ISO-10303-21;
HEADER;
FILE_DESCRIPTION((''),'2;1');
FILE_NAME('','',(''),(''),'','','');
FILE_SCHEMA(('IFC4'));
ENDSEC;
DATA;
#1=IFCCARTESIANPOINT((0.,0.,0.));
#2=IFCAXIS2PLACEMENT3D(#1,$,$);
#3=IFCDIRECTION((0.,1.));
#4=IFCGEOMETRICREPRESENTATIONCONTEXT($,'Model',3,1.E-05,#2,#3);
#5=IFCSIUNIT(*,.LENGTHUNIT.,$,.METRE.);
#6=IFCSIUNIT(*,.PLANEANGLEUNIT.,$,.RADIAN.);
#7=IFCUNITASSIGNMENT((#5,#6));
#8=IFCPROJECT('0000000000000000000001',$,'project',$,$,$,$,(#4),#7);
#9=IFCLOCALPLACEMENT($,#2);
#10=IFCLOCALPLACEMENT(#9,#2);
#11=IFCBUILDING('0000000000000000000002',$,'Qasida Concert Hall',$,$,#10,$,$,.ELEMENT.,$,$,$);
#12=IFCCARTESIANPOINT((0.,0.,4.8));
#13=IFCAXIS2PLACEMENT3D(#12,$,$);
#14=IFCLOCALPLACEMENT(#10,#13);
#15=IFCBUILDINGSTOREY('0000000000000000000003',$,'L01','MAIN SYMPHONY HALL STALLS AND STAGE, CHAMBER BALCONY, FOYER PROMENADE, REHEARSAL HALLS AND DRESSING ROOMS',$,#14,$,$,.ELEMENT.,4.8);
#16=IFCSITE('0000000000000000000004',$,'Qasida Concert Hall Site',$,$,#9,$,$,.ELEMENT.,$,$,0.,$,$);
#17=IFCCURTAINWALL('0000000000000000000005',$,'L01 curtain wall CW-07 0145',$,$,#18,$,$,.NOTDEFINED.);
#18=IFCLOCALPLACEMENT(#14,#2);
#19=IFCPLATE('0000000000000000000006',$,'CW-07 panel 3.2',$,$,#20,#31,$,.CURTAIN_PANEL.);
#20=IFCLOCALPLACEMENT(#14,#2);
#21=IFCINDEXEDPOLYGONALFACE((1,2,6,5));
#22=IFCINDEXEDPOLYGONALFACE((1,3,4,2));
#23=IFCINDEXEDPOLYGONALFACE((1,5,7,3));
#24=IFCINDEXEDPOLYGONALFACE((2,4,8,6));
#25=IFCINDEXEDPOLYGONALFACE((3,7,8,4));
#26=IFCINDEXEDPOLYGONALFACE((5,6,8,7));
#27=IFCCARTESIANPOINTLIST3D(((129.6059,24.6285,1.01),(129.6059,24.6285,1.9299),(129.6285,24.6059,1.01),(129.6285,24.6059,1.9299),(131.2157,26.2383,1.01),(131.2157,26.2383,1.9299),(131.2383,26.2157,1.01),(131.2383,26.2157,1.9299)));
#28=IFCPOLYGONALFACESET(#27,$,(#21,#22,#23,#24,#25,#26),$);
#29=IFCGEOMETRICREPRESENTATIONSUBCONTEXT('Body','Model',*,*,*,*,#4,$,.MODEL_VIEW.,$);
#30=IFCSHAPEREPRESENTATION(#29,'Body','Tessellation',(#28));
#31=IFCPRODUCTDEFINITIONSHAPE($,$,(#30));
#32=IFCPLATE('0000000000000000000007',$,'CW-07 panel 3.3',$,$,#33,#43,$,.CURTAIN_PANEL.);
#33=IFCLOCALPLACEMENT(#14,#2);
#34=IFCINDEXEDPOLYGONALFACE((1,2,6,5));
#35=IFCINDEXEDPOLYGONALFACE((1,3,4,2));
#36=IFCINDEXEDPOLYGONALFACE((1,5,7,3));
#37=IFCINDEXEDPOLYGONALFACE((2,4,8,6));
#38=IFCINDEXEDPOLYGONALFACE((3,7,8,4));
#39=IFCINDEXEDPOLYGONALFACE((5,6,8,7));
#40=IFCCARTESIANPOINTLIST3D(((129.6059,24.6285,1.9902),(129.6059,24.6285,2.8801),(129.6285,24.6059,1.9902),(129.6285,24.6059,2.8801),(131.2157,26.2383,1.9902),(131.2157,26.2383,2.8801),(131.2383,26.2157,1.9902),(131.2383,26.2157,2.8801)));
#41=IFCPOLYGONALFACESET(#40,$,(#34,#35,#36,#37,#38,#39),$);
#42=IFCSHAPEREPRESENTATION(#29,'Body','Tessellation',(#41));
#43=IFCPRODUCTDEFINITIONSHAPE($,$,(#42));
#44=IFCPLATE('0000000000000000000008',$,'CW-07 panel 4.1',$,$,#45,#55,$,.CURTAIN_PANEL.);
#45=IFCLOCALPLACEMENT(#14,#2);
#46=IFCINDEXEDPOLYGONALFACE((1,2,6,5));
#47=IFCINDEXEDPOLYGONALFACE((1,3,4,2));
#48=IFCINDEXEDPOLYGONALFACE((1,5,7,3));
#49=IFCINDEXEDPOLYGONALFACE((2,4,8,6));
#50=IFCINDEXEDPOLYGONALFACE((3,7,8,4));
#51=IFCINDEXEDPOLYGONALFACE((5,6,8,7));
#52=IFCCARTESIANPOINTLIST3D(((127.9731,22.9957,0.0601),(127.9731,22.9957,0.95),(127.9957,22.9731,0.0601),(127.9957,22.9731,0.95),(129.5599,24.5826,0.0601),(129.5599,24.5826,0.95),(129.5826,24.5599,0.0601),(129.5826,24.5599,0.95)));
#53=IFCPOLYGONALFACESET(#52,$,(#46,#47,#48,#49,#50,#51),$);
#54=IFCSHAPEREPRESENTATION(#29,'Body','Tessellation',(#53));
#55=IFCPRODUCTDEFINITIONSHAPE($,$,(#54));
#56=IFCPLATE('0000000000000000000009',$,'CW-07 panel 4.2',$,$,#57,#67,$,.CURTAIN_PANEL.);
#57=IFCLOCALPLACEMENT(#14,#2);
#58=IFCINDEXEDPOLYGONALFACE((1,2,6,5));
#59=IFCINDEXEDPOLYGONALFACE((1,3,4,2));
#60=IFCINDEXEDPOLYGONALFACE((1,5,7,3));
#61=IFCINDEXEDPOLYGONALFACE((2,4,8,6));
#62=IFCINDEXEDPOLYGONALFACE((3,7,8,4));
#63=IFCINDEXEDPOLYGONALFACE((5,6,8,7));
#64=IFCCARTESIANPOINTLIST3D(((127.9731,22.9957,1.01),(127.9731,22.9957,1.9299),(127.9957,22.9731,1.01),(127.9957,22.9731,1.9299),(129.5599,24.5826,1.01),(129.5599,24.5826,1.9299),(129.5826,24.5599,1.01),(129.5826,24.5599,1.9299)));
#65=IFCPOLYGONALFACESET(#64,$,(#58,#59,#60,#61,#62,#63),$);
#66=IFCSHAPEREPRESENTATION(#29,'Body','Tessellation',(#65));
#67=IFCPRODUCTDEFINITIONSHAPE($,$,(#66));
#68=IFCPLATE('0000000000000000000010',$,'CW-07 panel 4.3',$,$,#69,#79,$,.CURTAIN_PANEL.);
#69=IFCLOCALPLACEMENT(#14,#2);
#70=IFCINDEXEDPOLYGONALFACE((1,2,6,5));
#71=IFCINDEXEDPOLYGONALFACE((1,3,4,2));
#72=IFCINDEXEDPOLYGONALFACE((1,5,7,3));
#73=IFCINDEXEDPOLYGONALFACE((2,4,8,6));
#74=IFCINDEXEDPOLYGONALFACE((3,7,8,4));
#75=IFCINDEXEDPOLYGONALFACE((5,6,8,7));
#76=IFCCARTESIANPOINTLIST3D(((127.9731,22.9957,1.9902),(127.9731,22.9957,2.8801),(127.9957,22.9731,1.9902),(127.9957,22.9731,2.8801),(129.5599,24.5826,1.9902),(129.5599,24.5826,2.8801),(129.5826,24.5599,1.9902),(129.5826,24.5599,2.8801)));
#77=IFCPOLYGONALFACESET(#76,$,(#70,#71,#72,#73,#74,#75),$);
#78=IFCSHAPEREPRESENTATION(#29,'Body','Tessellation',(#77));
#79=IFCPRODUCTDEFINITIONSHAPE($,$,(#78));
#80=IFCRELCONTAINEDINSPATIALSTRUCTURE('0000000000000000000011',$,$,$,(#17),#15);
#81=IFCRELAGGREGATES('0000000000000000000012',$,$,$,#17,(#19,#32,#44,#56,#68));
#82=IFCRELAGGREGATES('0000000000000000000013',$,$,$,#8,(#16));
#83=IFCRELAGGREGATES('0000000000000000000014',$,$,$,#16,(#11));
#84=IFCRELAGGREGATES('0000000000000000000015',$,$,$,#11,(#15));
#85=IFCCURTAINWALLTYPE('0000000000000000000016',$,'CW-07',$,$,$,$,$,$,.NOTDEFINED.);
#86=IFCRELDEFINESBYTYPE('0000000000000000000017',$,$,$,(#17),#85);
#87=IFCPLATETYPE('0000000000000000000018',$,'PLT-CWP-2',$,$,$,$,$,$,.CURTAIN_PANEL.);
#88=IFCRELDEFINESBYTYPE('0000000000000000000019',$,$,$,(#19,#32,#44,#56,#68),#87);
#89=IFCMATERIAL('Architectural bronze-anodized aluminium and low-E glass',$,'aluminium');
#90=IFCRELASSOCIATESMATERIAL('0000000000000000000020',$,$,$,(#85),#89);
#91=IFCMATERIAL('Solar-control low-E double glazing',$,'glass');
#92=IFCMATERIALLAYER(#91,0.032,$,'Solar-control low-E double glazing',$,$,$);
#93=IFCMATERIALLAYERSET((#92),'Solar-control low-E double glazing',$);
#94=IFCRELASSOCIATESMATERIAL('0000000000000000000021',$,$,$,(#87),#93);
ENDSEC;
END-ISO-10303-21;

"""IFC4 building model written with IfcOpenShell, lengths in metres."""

from ifc_helpers import new_model, si_unit, direction, frame, origin, origin_2d, place, context, subcontext, project, spatial, rectangle, extrude, material, layer, layer_set, type_object, element, aggregate, save


model = new_model("IFC4")

# Units and contexts
model_context = context("Model", 3, precision=1e-05, world=origin(), true_north=direction((0.0, 1.0)))
body_context = subcontext(model_context, "Body", "Model", "MODEL_VIEW")
ifc_project = project(units=[si_unit("LENGTHUNIT", "METRE"), si_unit("PLANEANGLEUNIT", "RADIAN")], contexts=[model_context])

# Site, building, storey
site_placement = place(None, origin())
site = spatial("IfcSite", under=ifc_project, at=site_placement, Name="Qasida Concert Hall Site", CompositionType="ELEMENT", RefElevation=0.0)
building_placement = place(site_placement, origin())
building = spatial("IfcBuilding", under=site, at=building_placement, Name="Qasida Concert Hall", CompositionType="ELEMENT")
storey_placement = place(building_placement, frame((0.0, 0.0, 4.8)))
storey = spatial("IfcBuildingStorey", under=building, at=storey_placement, Name="L01", Description="MAIN SYMPHONY HALL STALLS AND STAGE, CHAMBER BALCONY, FOYER PROMENADE, REHEARSAL HALLS AND DRESSING ROOMS", CompositionType="ELEMENT", Elevation=4.8)

# Curtain wall, plates
ifc_material_1 = material(Name="Architectural bronze-anodized aluminium and low-E glass", Category="aluminium")
curtain_wall_type = type_object("IfcCurtainWallType", Name="CW-07", PredefinedType="NOTDEFINED", material=ifc_material_1)
curtain_wall_placement = place(storey_placement, origin())
curtain_wall = element("IfcCurtainWall", 1, at=curtain_wall_placement, inside=storey, type_object=curtain_wall_type, Name="L01 curtain wall CW-07 0145", PredefinedType="NOTDEFINED")
ifc_material_2 = material(Name="Solar-control low-E double glazing", Category="glass")
ifc_layer = layer(ifc_material_2, 0.032, Name="Solar-control low-E double glazing")
ifc_layer_set = layer_set([ifc_layer], Name="Solar-control low-E double glazing")
plate_type = type_object("IfcPlateType", Name="PLT-CWP-2", PredefinedType="CURTAIN_PANEL", material=ifc_layer_set)
plate_1_placement = place(storey_placement, frame((130.4221, 25.4221, 1.01), z_axis=(0.0, 0.0, 1.0), x_axis=(-0.707107, -0.707107, 0.0)))
plate_1 = element("IfcPlate", 2, at=plate_1_placement, type_object=plate_type, Name="CW-07 panel 3.2", PredefinedType="CURTAIN_PANEL", context=body_context, shape_type="SweptSolid", body=[
    extrude(rectangle(XDim=2.2766, YDim=0.032, at=origin_2d()), origin(), (0.0, 0.0, 1.0), 0.9199),
])
plate_2_placement = place(storey_placement, frame((130.4221, 25.4221, 1.9902), z_axis=(0.0, 0.0, 1.0), x_axis=(-0.707107, -0.707107, 0.0)))
plate_2 = element("IfcPlate", 3, at=plate_2_placement, type_object=plate_type, Name="CW-07 panel 3.3", PredefinedType="CURTAIN_PANEL", context=body_context, shape_type="SweptSolid", body=[
    extrude(rectangle(XDim=2.2766, YDim=0.032, at=origin_2d()), origin(), (0.0, 0.0, 1.0), 0.8899),
])
plate_3_placement = place(storey_placement, frame((128.7778, 23.7778, 0.0601), z_axis=(0.0, 0.0, 1.0), x_axis=(-0.707107, -0.707107, 0.0)))
plate_3 = element("IfcPlate", 4, at=plate_3_placement, type_object=plate_type, Name="CW-07 panel 4.1", PredefinedType="CURTAIN_PANEL", context=body_context, shape_type="SweptSolid", body=[
    extrude(rectangle(XDim=2.2441, YDim=0.032, at=origin_2d()), origin(), (0.0, 0.0, 1.0), 0.8899),
])
plate_4_placement = place(storey_placement, frame((128.7778, 23.7778, 1.01), z_axis=(0.0, 0.0, 1.0), x_axis=(-0.707107, -0.707107, 0.0)))
plate_4 = element("IfcPlate", 5, at=plate_4_placement, type_object=plate_type, Name="CW-07 panel 4.2", PredefinedType="CURTAIN_PANEL", context=body_context, shape_type="SweptSolid", body=[
    extrude(rectangle(XDim=2.2441, YDim=0.032, at=origin_2d()), origin(), (0.0, 0.0, 1.0), 0.9199),
])
plate_5_placement = place(storey_placement, frame((128.7778, 23.7778, 1.9902), z_axis=(0.0, 0.0, 1.0), x_axis=(-0.707107, -0.707107, 0.0)))
plate_5 = element("IfcPlate", 6, at=plate_5_placement, type_object=plate_type, Name="CW-07 panel 4.3", PredefinedType="CURTAIN_PANEL", context=body_context, shape_type="SweptSolid", body=[
    extrude(rectangle(XDim=2.2441, YDim=0.032, at=origin_2d()), origin(), (0.0, 0.0, 1.0), 0.8899),
])
aggregate(curtain_wall, [plate_1, plate_2, plate_3, plate_4, plate_5])

save(model, "model.ifc")
